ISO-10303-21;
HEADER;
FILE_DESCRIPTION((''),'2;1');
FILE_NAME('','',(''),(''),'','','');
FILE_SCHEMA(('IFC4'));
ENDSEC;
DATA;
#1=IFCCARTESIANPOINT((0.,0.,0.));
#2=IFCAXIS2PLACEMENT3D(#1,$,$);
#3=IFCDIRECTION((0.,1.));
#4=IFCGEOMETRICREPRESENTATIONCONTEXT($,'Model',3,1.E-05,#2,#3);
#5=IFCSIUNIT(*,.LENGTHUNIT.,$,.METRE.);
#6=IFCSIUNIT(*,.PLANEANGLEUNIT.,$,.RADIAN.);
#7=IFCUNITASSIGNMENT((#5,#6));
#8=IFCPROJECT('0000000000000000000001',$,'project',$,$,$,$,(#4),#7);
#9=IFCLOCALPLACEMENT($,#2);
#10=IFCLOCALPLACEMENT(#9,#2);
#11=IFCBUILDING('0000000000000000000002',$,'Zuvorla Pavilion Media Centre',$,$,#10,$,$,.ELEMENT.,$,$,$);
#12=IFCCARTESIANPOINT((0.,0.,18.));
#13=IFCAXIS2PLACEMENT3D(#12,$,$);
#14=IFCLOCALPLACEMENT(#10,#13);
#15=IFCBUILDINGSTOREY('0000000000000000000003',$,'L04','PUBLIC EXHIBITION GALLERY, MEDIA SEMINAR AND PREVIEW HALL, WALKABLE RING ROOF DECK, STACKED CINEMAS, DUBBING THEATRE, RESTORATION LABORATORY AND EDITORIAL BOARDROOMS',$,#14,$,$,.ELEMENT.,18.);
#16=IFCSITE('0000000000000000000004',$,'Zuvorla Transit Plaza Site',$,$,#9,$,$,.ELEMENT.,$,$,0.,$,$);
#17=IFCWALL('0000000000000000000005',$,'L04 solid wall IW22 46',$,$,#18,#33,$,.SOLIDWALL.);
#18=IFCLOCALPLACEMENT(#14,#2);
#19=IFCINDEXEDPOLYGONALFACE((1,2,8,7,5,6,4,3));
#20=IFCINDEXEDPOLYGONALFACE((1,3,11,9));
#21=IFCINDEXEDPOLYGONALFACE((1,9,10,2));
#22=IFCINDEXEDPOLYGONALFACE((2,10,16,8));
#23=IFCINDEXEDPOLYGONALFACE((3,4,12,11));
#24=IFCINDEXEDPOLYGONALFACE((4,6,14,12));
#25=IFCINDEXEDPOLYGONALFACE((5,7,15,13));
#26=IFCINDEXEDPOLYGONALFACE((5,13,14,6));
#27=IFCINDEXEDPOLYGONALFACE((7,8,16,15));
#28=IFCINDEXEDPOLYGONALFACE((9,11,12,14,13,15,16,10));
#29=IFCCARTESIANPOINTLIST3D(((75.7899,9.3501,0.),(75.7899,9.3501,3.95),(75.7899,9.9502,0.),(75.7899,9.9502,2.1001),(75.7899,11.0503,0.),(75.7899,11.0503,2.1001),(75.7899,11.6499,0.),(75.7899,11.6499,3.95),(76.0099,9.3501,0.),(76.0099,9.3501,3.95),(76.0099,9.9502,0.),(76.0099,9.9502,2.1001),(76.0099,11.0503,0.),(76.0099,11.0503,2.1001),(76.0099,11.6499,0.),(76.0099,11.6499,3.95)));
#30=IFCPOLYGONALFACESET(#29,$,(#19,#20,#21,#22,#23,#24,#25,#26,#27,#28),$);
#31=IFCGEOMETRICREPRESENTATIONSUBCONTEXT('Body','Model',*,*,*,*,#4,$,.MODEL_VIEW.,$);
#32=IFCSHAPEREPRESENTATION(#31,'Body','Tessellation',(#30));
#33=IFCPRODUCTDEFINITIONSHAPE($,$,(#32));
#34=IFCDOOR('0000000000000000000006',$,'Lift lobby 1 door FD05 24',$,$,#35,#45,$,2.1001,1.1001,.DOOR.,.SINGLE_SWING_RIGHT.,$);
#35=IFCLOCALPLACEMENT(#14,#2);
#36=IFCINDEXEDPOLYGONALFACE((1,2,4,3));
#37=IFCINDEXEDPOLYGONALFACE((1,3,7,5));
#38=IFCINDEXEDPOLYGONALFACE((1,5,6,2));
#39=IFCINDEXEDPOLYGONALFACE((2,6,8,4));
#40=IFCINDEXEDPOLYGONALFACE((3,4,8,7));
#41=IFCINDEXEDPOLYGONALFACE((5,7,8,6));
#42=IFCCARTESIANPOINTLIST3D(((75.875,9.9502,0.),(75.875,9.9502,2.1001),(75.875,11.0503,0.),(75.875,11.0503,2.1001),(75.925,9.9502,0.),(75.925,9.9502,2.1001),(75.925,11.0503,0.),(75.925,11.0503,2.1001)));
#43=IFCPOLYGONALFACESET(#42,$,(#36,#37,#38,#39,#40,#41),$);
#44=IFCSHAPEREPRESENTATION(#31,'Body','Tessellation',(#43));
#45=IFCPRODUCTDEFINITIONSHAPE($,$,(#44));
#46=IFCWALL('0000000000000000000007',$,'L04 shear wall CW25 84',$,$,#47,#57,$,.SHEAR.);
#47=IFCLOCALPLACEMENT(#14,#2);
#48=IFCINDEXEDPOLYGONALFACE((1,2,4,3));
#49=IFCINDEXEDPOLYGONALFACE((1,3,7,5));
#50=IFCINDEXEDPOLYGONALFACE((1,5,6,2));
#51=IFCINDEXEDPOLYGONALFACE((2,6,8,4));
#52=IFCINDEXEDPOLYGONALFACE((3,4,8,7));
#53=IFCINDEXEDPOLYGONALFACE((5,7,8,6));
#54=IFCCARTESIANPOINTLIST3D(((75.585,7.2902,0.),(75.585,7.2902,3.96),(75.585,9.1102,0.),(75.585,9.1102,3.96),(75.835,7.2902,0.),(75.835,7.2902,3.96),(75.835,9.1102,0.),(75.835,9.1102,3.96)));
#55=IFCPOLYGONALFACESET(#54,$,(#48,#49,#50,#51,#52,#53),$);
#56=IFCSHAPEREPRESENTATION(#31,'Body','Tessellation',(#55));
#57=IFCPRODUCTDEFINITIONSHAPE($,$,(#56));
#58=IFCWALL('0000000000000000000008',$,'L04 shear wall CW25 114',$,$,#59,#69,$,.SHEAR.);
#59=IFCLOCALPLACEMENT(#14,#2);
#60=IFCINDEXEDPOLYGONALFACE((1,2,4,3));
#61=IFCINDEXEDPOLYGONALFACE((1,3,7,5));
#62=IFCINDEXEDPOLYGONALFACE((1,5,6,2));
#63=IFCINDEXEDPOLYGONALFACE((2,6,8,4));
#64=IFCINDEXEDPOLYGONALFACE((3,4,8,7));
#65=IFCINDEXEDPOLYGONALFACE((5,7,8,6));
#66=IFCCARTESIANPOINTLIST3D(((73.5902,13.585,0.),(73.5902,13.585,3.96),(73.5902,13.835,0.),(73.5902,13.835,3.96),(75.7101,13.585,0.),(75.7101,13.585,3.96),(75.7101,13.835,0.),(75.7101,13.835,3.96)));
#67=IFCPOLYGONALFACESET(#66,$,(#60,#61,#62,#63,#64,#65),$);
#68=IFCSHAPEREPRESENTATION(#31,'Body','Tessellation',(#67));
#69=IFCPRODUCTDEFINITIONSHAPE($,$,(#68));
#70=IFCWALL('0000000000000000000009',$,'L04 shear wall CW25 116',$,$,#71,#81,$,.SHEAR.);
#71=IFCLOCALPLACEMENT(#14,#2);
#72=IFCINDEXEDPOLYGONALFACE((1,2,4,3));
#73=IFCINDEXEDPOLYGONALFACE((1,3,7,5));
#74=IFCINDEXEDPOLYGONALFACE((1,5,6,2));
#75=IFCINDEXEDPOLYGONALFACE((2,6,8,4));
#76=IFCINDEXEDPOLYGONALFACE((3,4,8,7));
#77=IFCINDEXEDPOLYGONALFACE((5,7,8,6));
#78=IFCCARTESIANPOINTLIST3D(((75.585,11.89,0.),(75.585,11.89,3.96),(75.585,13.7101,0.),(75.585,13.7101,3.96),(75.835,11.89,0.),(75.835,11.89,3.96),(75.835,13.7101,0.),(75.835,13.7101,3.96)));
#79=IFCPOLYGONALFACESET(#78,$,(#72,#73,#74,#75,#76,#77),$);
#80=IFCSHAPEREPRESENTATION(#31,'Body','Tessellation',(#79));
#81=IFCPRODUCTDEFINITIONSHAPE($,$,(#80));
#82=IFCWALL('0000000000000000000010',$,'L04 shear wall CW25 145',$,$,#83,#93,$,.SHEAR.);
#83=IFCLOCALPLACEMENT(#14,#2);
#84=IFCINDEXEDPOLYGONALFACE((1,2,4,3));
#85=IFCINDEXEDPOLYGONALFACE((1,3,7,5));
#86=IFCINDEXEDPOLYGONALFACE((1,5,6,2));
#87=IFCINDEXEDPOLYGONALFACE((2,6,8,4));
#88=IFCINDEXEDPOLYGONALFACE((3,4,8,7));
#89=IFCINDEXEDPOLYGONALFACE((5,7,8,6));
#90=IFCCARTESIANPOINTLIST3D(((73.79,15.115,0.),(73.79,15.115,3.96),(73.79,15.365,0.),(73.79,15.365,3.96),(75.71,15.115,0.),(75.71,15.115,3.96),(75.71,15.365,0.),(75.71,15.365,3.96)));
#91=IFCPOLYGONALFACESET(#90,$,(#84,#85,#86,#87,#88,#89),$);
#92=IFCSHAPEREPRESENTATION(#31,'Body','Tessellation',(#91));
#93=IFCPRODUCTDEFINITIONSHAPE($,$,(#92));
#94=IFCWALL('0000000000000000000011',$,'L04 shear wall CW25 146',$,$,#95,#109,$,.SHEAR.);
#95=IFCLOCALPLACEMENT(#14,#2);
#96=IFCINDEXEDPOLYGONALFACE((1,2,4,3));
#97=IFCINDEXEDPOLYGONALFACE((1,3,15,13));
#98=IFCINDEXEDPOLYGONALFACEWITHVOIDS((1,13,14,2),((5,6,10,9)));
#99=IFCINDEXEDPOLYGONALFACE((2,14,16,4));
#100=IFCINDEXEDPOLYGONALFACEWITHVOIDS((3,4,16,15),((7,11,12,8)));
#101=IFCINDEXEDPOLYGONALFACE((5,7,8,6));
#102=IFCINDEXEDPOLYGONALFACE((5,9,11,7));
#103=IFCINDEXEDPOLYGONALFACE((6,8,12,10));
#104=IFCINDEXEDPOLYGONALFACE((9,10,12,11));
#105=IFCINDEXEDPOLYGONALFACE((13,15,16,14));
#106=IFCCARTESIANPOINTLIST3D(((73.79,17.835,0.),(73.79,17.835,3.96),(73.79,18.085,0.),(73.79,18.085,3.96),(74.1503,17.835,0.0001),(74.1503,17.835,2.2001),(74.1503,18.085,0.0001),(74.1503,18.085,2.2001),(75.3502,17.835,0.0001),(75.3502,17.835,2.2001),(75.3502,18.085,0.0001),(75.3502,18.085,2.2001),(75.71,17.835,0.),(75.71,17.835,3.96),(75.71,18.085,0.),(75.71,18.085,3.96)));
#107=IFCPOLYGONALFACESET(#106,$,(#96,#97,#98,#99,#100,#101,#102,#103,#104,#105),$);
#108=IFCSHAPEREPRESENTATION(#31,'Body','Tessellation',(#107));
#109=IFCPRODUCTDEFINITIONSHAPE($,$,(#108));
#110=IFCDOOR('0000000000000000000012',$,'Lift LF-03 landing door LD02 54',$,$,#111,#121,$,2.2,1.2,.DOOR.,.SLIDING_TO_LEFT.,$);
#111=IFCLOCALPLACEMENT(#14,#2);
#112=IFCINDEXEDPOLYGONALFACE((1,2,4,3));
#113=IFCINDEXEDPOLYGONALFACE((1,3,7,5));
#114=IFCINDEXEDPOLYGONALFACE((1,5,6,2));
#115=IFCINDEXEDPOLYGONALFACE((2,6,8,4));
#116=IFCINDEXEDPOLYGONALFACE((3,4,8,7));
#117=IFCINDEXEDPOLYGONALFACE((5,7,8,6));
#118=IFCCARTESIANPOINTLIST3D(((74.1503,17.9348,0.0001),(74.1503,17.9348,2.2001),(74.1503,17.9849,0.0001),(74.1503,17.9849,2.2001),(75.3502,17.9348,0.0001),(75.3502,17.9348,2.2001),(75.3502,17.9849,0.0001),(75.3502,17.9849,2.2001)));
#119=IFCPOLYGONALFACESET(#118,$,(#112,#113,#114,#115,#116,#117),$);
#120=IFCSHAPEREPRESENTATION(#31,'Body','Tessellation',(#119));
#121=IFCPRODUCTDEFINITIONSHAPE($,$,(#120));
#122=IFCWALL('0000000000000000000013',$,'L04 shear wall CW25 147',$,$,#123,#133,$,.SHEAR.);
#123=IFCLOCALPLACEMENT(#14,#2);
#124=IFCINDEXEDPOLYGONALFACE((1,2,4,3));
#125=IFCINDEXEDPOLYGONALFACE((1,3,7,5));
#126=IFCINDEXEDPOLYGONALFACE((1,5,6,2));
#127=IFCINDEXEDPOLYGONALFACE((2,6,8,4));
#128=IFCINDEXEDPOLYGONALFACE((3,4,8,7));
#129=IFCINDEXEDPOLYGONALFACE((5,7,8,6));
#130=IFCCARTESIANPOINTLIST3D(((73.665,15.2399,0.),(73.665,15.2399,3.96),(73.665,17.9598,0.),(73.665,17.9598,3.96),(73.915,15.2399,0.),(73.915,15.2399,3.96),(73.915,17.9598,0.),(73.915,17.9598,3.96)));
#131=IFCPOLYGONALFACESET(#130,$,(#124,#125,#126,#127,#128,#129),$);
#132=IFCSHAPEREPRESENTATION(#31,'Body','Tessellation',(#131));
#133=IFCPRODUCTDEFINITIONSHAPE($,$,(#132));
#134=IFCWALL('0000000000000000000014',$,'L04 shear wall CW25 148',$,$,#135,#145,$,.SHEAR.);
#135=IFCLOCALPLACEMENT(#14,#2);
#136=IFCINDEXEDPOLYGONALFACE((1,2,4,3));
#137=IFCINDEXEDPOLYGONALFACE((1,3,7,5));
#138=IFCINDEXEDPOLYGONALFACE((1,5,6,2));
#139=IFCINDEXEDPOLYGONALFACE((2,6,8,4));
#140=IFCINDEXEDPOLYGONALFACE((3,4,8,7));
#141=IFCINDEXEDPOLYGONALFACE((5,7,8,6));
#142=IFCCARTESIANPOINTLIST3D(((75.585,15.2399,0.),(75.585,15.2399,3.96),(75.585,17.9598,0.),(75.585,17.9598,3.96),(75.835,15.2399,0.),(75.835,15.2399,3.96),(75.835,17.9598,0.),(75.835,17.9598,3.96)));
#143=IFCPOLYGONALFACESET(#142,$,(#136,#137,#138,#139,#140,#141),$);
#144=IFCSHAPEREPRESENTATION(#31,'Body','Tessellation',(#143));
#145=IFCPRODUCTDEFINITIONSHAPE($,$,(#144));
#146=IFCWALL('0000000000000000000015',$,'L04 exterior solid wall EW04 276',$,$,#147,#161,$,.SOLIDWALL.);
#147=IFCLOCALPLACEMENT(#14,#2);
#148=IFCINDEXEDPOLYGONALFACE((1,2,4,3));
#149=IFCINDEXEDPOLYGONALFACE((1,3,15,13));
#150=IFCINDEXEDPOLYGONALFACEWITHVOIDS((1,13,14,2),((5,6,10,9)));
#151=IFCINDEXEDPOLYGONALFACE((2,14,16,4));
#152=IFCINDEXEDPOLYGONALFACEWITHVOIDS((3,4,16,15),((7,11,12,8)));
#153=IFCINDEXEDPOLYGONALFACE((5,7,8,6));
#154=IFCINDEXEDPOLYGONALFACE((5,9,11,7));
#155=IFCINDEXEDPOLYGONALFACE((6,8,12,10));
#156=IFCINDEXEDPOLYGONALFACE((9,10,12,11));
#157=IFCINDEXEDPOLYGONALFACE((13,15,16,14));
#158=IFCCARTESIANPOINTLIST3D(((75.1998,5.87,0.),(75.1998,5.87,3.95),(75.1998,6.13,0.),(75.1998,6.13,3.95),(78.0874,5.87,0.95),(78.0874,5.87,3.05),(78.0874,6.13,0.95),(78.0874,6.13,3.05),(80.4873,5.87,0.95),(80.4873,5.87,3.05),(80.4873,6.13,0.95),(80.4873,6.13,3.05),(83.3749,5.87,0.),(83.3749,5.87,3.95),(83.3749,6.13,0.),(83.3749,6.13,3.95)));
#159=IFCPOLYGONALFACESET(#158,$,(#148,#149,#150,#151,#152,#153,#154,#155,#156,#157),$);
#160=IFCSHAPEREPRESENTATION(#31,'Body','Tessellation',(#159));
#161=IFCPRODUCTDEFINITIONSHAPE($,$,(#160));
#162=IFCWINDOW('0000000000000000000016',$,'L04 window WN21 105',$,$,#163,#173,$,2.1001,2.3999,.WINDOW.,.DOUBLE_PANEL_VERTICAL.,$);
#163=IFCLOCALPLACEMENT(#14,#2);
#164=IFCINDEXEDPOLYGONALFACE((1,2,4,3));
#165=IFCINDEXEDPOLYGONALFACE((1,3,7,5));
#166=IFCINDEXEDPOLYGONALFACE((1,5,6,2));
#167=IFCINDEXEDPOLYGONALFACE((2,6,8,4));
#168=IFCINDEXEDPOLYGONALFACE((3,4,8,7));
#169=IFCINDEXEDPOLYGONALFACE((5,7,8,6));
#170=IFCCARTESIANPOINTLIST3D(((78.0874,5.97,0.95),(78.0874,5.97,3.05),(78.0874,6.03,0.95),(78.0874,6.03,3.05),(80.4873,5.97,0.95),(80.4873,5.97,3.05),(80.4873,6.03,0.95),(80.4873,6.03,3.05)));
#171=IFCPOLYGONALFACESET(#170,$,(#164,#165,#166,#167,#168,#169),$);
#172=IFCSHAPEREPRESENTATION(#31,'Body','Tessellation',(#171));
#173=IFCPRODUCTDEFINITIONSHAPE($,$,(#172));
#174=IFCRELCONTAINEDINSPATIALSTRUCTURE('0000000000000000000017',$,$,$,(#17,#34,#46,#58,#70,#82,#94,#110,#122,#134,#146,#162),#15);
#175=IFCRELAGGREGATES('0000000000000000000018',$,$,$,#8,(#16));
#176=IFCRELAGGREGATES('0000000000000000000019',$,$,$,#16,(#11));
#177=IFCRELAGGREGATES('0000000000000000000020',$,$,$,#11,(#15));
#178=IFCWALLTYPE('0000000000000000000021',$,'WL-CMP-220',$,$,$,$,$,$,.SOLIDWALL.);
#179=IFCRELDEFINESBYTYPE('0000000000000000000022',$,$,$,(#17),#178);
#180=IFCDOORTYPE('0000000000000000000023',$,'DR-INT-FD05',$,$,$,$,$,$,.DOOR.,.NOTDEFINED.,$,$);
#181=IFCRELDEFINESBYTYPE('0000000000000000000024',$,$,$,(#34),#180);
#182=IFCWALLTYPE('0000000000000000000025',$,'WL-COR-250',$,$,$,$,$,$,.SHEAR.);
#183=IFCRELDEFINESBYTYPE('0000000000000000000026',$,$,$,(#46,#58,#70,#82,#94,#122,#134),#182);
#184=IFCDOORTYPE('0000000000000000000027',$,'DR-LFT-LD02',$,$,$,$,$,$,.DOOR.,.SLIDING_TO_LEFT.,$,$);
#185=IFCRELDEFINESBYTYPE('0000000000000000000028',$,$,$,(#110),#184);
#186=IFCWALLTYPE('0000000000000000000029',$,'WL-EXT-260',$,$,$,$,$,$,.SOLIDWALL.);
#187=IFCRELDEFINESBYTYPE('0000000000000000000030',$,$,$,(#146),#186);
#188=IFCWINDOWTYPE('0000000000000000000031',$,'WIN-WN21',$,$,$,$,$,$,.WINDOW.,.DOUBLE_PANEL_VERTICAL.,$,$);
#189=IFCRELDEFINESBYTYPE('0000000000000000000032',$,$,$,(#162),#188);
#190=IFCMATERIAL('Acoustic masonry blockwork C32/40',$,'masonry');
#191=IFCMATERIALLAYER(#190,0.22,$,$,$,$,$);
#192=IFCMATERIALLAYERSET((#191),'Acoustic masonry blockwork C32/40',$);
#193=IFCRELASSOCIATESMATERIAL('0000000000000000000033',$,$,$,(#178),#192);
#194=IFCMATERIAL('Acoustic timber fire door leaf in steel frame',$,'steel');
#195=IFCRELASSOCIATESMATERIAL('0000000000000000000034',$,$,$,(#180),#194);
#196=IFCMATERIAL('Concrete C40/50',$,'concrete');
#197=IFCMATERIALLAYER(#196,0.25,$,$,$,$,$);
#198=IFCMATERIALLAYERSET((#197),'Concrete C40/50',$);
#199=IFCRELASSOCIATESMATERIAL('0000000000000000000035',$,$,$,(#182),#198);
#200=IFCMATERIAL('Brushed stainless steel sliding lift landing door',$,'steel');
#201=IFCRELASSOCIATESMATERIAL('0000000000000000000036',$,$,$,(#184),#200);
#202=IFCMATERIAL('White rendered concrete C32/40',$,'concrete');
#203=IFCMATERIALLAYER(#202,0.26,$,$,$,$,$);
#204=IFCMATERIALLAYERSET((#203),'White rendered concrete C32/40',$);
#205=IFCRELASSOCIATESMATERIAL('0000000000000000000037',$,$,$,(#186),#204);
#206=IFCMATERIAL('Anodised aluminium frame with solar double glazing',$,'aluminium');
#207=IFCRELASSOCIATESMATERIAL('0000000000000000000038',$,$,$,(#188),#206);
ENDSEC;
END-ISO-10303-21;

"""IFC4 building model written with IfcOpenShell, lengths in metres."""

from ifc_helpers import new_model, si_unit, direction, frame, frame_2d, origin, place, context, subcontext, project, spatial, rectangle, extrude, material, layer, layer_set, type_object, element, fill, save


model = new_model("IFC4")

# Units and contexts
model_context = context("Model", 3, precision=1e-05, world=origin(), true_north=direction((0.0, 1.0)))
body_context = subcontext(model_context, "Body", "Model", "MODEL_VIEW")
ifc_project = project(units=[si_unit("LENGTHUNIT", "METRE"), si_unit("PLANEANGLEUNIT", "RADIAN")], contexts=[model_context])

# Site, building, storey
site_placement = place(None, origin())
site = spatial("IfcSite", under=ifc_project, at=site_placement, Name="Zuvorla Transit Plaza Site", CompositionType="ELEMENT", RefElevation=0.0)
building_placement = place(site_placement, origin())
building = spatial("IfcBuilding", under=site, at=building_placement, Name="Zuvorla Pavilion Media Centre", CompositionType="ELEMENT")
storey_placement = place(building_placement, frame((0.0, 0.0, 18.0)))
storey = spatial("IfcBuildingStorey", under=building, at=storey_placement, Name="L04", Description="PUBLIC EXHIBITION GALLERY, MEDIA SEMINAR AND PREVIEW HALL, WALKABLE RING ROOF DECK, STACKED CINEMAS, DUBBING THEATRE, RESTORATION LABORATORY AND EDITORIAL BOARDROOMS", CompositionType="ELEMENT", Elevation=18.0)

# Shared definitions
ifc_material_1 = material(Name="Concrete C40/50", Category="concrete")

# Wall, opening, door
ifc_material_2 = material(Name="Acoustic masonry blockwork C32/40", Category="masonry")
ifc_layer_1 = layer(ifc_material_2, 0.22)
ifc_layer_set_1 = layer_set([ifc_layer_1], Name="Acoustic masonry blockwork C32/40")
wall_type_1 = type_object("IfcWallType", Name="WL-CMP-220", PredefinedType="SOLIDWALL", material=ifc_layer_set_1)
ifc_material_3 = material(Name="Acoustic timber fire door leaf in steel frame", Category="steel")
wall_1_placement = place(storey_placement, frame((75.8999, 9.3501, 0.0), z_axis=(0.0, 0.0, 1.0), x_axis=(0.0, 1.0, 0.0)))
wall_1 = element("IfcWall", 1, at=wall_1_placement, inside=storey, type_object=wall_type_1, Name="L04 solid wall IW22 46", PredefinedType="SOLIDWALL", context=body_context, shape_type="SweptSolid", body=[
    extrude(rectangle(XDim=2.2998, YDim=0.22, at=frame_2d((1.1499, 0.0))), origin(), (0.0, 0.0, 1.0), 3.95),
])
opening_1_placement = place(wall_1_placement, frame((0.6001, 0.0, 0.0)))
opening_1 = element("IfcOpeningElement", 2, at=opening_1_placement, cuts=wall_1, PredefinedType="OPENING", context=body_context, shape_type="SweptSolid", body=[
    extrude(rectangle(XDim=1.1001, YDim=2.1001, at=frame_2d((0.55, 1.05))), frame((0.0, 0.1199, 0.0), z_axis=(0.0, -1.0, 0.0), x_axis=(1.0, 0.0, 0.0)), (0.0, 0.0, 1.0), 0.24),
])
door_type_1 = type_object("IfcDoorType", Name="DR-INT-FD05", OperationType="NOTDEFINED", PredefinedType="DOOR", material=ifc_material_3)
door_1_placement = place(opening_1_placement, origin())
door_1 = element("IfcDoor", 3, at=door_1_placement, inside=storey, type_object=door_type_1, Name="Lift lobby 1 door FD05 24", OperationType="SINGLE_SWING_RIGHT", OverallHeight=2.1001, OverallWidth=1.1001, PredefinedType="DOOR", context=body_context, shape_type="SweptSolid", body=[
    extrude(rectangle(XDim=1.1001, YDim=2.1001, at=frame_2d((0.55, 1.05))), frame((0.0, 0.0249, 0.0), z_axis=(0.0, -1.0, 0.0), x_axis=(1.0, 0.0, 0.0)), (0.0, 0.0, 1.0), 0.05),
])
fill(opening_1, door_1)

# Walls
ifc_layer_2 = layer(ifc_material_1, 0.25)
ifc_layer_set_2 = layer_set([ifc_layer_2], Name="Concrete C40/50")
wall_type_2 = type_object("IfcWallType", Name="WL-COR-250", PredefinedType="SHEAR", material=ifc_layer_set_2)
wall_2_placement = place(storey_placement, frame((75.71, 7.29, 0.0), z_axis=(0.0, 0.0, 1.0), x_axis=(0.0, 1.0, 0.0)))
element("IfcWall", 4, at=wall_2_placement, inside=storey, type_object=wall_type_2, Name="L04 shear wall CW25 84", PredefinedType="SHEAR", context=body_context, shape_type="SweptSolid", body=[
    extrude(rectangle(XDim=1.8201, YDim=0.25, at=frame_2d((0.9102, 0.0))), origin(), (0.0, 0.0, 1.0), 3.96),
])
wall_3_placement = place(storey_placement, frame((73.5901, 13.71, 0.0), z_axis=(0.0, 0.0, 1.0), x_axis=(1.0, 0.0, 0.0)))
element("IfcWall", 5, at=wall_3_placement, inside=storey, type_object=wall_type_2, Name="L04 shear wall CW25 114", PredefinedType="SHEAR", context=body_context, shape_type="SweptSolid", body=[
    extrude(rectangle(XDim=2.1199, YDim=0.25, at=frame_2d((1.0601, 0.0))), origin(), (0.0, 0.0, 1.0), 3.96),
])
wall_4_placement = place(storey_placement, frame((75.71, 11.8899, 0.0), z_axis=(0.0, 0.0, 1.0), x_axis=(0.0, 1.0, 0.0)))
element("IfcWall", 6, at=wall_4_placement, inside=storey, type_object=wall_type_2, Name="L04 shear wall CW25 116", PredefinedType="SHEAR", context=body_context, shape_type="SweptSolid", body=[
    extrude(rectangle(XDim=1.8201, YDim=0.25, at=frame_2d((0.9102, 0.0))), origin(), (0.0, 0.0, 1.0), 3.96),
])
wall_5_placement = place(storey_placement, frame((73.79, 15.24, 0.0), z_axis=(0.0, 0.0, 1.0), x_axis=(1.0, 0.0, 0.0)))
element("IfcWall", 7, at=wall_5_placement, inside=storey, type_object=wall_type_2, Name="L04 shear wall CW25 145", PredefinedType="SHEAR", context=body_context, shape_type="SweptSolid", body=[
    extrude(rectangle(XDim=1.9199, YDim=0.25, at=frame_2d((0.96, 0.0))), origin(), (0.0, 0.0, 1.0), 3.96),
])

# Wall, opening, door
wall_6_placement = place(storey_placement, frame((73.79, 17.96, 0.0), z_axis=(0.0, 0.0, 1.0), x_axis=(1.0, 0.0, 0.0)))
wall_6 = element("IfcWall", 8, at=wall_6_placement, inside=storey, type_object=wall_type_2, Name="L04 shear wall CW25 146", PredefinedType="SHEAR", context=body_context, shape_type="SweptSolid", body=[
    extrude(rectangle(XDim=1.9199, YDim=0.25, at=frame_2d((0.96, 0.0))), origin(), (0.0, 0.0, 1.0), 3.96),
])
opening_2_placement = place(wall_6_placement, frame((0.3601, 0.0, 0.0)))
opening_2 = element("IfcOpeningElement", 9, at=opening_2_placement, cuts=wall_6, PredefinedType="OPENING", context=body_context, shape_type="SweptSolid", body=[
    extrude(rectangle(XDim=1.2, YDim=2.2, at=frame_2d((0.6001, 1.1001))), frame((0.0, 0.135, 0.0), z_axis=(0.0, -1.0, 0.0), x_axis=(1.0, 0.0, 0.0)), (0.0, 0.0, 1.0), 0.27),
])
ifc_material_4 = material(Name="Brushed stainless steel sliding lift landing door", Category="steel")
door_type_2 = type_object("IfcDoorType", Name="DR-LFT-LD02", OperationType="SLIDING_TO_LEFT", PredefinedType="DOOR", material=ifc_material_4)
door_2_placement = place(opening_2_placement, origin())
door_2 = element("IfcDoor", 10, at=door_2_placement, inside=storey, type_object=door_type_2, Name="Lift LF-03 landing door LD02 54", OperationType="SLIDING_TO_LEFT", OverallHeight=2.2, OverallWidth=1.2, PredefinedType="DOOR", context=body_context, shape_type="SweptSolid", body=[
    extrude(rectangle(XDim=1.2, YDim=2.2, at=frame_2d((0.6001, 1.1001))), frame((0.0, 0.0249, 0.0), z_axis=(0.0, -1.0, 0.0), x_axis=(1.0, 0.0, 0.0)), (0.0, 0.0, 1.0), 0.05),
])
fill(opening_2, door_2)

# Walls
for number, where, z_axis, x_axis, name in (
    (11, (73.79, 15.24, 0.0), (0.0, 0.0, 1.0), (0.0, 1.0, 0.0), "L04 shear wall CW25 147"),
    (12, (75.71, 15.24, 0.0), (0.0, 0.0, 1.0), (0.0, 1.0, 0.0), "L04 shear wall CW25 148"),
):
    element("IfcWall", number, at=place(storey_placement, frame(where, z_axis=z_axis, x_axis=x_axis)), inside=storey, type_object=wall_type_2, Name=name, PredefinedType="SHEAR", context=body_context, shape_type="SweptSolid", body=[
        extrude(rectangle(XDim=2.72, YDim=0.25, at=frame_2d((1.3599, 0.0))), origin(), (0.0, 0.0, 1.0), 3.96),
    ])

# Wall, opening, window
ifc_material_5 = material(Name="White rendered concrete C32/40", Category="concrete")
ifc_layer_3 = layer(ifc_material_5, 0.26)
ifc_layer_set_3 = layer_set([ifc_layer_3], Name="White rendered concrete C32/40")
wall_type_3 = type_object("IfcWallType", Name="WL-EXT-260", PredefinedType="SOLIDWALL", material=ifc_layer_set_3)
wall_7_placement = place(storey_placement, frame((75.2, 6.0, 0.0), z_axis=(0.0, 0.0, 1.0), x_axis=(1.0, 0.0, 0.0)))
wall_7 = element("IfcWall", 13, at=wall_7_placement, inside=storey, type_object=wall_type_3, Name="L04 exterior solid wall EW04 276", PredefinedType="SOLIDWALL", context=body_context, shape_type="SweptSolid", body=[
    extrude(rectangle(XDim=8.175, YDim=0.26, at=frame_2d((4.0874, 0.0))), origin(), (0.0, 0.0, 1.0), 3.95),
])
opening_3_placement = place(wall_7_placement, frame((2.8875, 0.0, 0.95)))
opening_3 = element("IfcOpeningElement", 14, at=opening_3_placement, cuts=wall_7, PredefinedType="OPENING", context=body_context, shape_type="SweptSolid", body=[
    extrude(rectangle(XDim=2.3999, YDim=2.1001, at=frame_2d((1.2, 1.05))), frame((0.0, 0.1399, 0.0), z_axis=(0.0, -1.0, 0.0), x_axis=(1.0, 0.0, 0.0)), (0.0, 0.0, 1.0), 0.28),
])
ifc_material_6 = material(Name="Anodised aluminium frame with solar double glazing", Category="aluminium")
window_type = type_object("IfcWindowType", Name="WIN-WN21", PartitioningType="DOUBLE_PANEL_VERTICAL", PredefinedType="WINDOW", material=ifc_material_6)
window_placement = place(opening_3_placement, origin())
window = element("IfcWindow", 15, at=window_placement, inside=storey, type_object=window_type, Name="L04 window WN21 105", OverallHeight=2.1001, OverallWidth=2.3999, PartitioningType="DOUBLE_PANEL_VERTICAL", PredefinedType="WINDOW", context=body_context, shape_type="SweptSolid", body=[
    extrude(rectangle(XDim=2.3999, YDim=2.1001, at=frame_2d((1.2, 1.05))), frame((0.0, 0.03, 0.0), z_axis=(0.0, -1.0, 0.0), x_axis=(1.0, 0.0, 0.0)), (0.0, 0.0, 1.0), 0.0601),
])
fill(opening_3, window)

save(model, "model.ifc")
